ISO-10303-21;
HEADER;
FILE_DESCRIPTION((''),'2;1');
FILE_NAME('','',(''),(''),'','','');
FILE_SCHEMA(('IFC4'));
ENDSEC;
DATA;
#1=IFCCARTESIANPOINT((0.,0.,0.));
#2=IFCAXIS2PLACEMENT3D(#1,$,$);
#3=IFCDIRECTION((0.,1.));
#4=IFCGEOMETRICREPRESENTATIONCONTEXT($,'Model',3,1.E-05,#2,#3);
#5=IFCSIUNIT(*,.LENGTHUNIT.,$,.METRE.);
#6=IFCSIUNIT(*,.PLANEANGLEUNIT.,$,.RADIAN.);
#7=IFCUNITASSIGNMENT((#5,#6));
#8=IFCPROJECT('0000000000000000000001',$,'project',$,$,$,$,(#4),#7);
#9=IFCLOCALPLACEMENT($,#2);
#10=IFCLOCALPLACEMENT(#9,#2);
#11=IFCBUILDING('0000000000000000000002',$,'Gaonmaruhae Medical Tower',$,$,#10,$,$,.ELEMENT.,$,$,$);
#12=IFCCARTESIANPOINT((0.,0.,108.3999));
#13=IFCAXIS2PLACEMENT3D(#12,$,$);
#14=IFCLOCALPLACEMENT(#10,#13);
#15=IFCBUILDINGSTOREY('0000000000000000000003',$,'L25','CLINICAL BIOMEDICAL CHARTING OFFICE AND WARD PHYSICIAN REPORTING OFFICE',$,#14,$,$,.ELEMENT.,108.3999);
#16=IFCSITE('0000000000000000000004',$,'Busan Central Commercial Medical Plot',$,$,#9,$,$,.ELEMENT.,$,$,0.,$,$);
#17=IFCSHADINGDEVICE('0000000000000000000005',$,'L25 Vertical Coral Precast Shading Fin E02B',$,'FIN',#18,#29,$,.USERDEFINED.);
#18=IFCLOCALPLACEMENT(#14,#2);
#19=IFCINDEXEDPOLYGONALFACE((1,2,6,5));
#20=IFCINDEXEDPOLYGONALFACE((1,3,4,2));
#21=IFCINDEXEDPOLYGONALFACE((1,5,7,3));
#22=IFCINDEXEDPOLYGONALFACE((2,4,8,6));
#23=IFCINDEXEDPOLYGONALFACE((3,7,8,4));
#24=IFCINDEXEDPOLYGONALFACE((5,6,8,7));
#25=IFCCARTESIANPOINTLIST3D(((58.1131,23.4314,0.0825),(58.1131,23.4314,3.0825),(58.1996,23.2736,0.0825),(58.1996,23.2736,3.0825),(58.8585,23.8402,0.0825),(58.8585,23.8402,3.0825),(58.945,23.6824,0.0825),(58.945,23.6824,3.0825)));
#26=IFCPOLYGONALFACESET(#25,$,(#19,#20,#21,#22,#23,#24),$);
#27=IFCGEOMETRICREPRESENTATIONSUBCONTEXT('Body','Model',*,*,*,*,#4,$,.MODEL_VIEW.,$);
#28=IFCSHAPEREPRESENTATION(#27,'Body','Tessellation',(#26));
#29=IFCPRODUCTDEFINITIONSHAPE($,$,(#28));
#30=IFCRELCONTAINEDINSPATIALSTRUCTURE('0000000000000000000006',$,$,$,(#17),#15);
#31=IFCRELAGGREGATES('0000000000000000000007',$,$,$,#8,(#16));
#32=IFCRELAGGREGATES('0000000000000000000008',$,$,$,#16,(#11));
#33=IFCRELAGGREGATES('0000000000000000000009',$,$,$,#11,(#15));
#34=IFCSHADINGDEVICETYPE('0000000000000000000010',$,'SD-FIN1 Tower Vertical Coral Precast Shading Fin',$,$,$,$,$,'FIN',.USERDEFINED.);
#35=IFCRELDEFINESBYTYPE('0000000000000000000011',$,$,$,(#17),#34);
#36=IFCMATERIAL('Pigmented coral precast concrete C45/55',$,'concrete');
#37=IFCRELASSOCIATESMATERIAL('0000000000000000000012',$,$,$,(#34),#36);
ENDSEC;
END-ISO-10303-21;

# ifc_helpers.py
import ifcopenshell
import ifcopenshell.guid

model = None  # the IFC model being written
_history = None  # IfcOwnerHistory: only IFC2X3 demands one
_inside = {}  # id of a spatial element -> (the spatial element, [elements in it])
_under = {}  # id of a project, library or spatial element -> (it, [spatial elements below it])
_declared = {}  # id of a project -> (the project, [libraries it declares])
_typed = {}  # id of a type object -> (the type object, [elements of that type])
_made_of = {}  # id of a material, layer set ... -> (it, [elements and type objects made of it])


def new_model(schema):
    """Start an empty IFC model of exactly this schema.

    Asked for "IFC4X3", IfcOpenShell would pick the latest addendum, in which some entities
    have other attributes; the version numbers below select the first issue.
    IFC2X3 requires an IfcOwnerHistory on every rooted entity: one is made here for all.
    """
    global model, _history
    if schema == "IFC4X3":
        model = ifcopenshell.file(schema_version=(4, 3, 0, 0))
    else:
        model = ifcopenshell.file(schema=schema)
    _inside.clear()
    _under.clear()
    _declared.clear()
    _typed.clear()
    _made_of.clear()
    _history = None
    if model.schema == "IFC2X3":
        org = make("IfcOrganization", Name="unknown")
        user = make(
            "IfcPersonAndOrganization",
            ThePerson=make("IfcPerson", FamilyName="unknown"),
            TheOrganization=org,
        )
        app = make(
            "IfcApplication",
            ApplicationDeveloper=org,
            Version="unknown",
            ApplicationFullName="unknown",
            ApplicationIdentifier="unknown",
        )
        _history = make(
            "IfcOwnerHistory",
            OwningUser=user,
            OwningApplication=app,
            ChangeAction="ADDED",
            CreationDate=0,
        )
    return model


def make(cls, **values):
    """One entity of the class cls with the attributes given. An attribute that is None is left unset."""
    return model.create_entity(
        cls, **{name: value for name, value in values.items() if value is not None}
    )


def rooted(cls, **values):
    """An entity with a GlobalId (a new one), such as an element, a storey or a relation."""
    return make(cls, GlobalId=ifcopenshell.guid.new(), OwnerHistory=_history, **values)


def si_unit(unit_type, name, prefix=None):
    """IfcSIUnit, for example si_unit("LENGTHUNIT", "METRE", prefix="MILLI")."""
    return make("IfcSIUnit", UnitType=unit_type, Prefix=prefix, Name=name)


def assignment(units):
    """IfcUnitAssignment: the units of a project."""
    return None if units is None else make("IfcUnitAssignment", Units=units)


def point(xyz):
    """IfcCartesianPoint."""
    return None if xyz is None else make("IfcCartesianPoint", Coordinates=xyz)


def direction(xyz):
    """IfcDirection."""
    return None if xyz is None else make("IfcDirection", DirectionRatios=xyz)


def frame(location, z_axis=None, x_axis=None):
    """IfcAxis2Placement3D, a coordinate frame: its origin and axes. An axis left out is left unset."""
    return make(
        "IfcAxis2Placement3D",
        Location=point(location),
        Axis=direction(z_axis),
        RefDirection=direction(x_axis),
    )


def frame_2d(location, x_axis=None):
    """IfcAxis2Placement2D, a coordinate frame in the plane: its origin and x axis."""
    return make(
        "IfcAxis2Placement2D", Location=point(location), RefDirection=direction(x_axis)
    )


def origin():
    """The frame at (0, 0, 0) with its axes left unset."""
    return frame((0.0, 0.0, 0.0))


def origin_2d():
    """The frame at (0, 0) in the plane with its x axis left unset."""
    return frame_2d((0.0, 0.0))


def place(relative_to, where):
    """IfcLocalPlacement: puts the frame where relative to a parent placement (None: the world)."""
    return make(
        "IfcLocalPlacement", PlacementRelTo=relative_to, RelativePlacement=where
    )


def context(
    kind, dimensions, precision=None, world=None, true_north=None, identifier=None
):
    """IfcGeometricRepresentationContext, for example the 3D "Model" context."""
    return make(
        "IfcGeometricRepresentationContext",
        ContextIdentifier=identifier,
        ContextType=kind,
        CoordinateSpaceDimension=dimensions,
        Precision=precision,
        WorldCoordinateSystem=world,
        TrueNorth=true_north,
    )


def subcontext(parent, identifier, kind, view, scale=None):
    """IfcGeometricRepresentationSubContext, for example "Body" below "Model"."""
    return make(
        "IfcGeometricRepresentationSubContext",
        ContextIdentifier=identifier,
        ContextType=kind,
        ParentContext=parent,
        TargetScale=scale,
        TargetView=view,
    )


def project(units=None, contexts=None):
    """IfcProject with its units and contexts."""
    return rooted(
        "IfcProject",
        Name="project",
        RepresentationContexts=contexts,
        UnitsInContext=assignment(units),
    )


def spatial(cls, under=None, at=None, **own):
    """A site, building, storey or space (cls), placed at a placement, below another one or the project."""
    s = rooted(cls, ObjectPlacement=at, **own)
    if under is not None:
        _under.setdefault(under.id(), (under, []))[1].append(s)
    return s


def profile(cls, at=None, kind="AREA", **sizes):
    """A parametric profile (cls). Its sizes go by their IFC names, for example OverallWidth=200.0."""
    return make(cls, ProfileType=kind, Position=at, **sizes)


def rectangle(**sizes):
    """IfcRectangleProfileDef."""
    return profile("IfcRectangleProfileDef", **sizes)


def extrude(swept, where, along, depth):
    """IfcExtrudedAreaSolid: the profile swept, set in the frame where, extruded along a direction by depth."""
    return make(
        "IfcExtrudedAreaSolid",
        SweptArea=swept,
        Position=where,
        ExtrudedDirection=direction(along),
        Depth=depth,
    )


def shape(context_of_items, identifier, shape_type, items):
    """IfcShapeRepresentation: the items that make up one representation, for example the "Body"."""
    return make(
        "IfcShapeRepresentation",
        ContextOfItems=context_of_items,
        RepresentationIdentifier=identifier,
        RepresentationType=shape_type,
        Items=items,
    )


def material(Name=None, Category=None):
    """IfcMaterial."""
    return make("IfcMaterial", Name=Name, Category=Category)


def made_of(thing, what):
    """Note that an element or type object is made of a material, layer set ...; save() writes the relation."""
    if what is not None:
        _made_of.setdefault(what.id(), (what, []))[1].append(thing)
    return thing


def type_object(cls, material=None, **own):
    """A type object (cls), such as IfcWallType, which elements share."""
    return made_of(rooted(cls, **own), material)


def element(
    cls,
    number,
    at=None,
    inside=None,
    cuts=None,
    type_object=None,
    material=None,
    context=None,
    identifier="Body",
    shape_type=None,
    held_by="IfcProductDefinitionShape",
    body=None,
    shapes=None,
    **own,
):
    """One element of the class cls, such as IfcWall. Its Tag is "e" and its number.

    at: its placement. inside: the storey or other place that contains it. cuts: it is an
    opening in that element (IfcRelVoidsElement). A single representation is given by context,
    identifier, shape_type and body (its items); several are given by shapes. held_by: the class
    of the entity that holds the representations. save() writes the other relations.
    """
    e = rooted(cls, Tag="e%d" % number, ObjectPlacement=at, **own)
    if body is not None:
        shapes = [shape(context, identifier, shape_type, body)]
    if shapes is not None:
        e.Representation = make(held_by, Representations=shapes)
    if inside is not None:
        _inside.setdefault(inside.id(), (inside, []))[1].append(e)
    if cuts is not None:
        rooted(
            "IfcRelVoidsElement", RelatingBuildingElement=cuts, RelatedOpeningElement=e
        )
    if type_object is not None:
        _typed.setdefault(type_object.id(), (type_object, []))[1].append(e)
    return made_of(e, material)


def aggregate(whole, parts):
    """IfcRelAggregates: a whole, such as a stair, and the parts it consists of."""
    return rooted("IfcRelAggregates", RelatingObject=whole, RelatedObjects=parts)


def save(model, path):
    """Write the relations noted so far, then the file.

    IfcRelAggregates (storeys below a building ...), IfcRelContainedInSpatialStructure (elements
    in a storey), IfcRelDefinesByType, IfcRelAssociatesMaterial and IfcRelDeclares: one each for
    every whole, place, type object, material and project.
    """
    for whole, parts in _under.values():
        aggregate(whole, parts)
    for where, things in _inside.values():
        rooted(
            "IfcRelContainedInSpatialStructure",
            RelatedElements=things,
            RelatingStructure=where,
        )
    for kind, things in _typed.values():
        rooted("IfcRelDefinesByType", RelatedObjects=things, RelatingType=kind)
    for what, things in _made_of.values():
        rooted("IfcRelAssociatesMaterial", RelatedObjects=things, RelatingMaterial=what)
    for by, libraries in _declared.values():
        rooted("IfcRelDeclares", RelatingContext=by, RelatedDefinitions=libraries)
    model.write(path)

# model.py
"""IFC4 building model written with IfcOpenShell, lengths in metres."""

from ifc_helpers import new_model, si_unit, direction, frame, origin, origin_2d, place, context, subcontext, project, spatial, rectangle, extrude, material, type_object, element, save


model = new_model("IFC4")

# Units and contexts
model_context = context("Model", 3, precision=1e-05, world=origin(), true_north=direction((0.0, 1.0)))
body_context = subcontext(model_context, "Body", "Model", "MODEL_VIEW")
ifc_project = project(units=[si_unit("LENGTHUNIT", "METRE"), si_unit("PLANEANGLEUNIT", "RADIAN")], contexts=[model_context])

# Site, building, storey
site_placement = place(None, origin())
site = spatial("IfcSite", under=ifc_project, at=site_placement, Name="Busan Central Commercial Medical Plot", CompositionType="ELEMENT", RefElevation=0.0)
building_placement = place(site_placement, origin())
building = spatial("IfcBuilding", under=site, at=building_placement, Name="Gaonmaruhae Medical Tower", CompositionType="ELEMENT")
storey_placement = place(building_placement, frame((0.0, 0.0, 108.3999)))
storey = spatial("IfcBuildingStorey", under=building, at=storey_placement, Name="L25", Description="CLINICAL BIOMEDICAL CHARTING OFFICE AND WARD PHYSICIAN REPORTING OFFICE", CompositionType="ELEMENT", Elevation=108.3999)

# Shading device
ifc_material_1 = material(Name="Pigmented coral precast concrete C45/55", Category="concrete")
shading_device_type = type_object("IfcShadingDeviceType", Name="SD-FIN1 Tower Vertical Coral Precast Shading Fin", ElementType="FIN", PredefinedType="USERDEFINED", material=ifc_material_1)
for number, where, z_axis, x_axis, name in (
    (1, (58.5291, 23.5569, 0.0825), (0.0, 0.0, 1.0), (0.480851, -0.876802, 0.0), "L25 Vertical Coral Precast Shading Fin E02B"),
):
    element("IfcShadingDevice", number, at=place(storey_placement, frame(where, z_axis=z_axis, x_axis=x_axis)), inside=storey, type_object=shading_device_type, Name=name, ObjectType="FIN", PredefinedType="USERDEFINED", context=body_context, shape_type="SweptSolid", body=[
        extrude(rectangle(XDim=0.1799, YDim=0.8501, at=origin_2d()), origin(), (0.0, 0.0, 1.0), 3.0),
    ])

save(model, "model.ifc")
